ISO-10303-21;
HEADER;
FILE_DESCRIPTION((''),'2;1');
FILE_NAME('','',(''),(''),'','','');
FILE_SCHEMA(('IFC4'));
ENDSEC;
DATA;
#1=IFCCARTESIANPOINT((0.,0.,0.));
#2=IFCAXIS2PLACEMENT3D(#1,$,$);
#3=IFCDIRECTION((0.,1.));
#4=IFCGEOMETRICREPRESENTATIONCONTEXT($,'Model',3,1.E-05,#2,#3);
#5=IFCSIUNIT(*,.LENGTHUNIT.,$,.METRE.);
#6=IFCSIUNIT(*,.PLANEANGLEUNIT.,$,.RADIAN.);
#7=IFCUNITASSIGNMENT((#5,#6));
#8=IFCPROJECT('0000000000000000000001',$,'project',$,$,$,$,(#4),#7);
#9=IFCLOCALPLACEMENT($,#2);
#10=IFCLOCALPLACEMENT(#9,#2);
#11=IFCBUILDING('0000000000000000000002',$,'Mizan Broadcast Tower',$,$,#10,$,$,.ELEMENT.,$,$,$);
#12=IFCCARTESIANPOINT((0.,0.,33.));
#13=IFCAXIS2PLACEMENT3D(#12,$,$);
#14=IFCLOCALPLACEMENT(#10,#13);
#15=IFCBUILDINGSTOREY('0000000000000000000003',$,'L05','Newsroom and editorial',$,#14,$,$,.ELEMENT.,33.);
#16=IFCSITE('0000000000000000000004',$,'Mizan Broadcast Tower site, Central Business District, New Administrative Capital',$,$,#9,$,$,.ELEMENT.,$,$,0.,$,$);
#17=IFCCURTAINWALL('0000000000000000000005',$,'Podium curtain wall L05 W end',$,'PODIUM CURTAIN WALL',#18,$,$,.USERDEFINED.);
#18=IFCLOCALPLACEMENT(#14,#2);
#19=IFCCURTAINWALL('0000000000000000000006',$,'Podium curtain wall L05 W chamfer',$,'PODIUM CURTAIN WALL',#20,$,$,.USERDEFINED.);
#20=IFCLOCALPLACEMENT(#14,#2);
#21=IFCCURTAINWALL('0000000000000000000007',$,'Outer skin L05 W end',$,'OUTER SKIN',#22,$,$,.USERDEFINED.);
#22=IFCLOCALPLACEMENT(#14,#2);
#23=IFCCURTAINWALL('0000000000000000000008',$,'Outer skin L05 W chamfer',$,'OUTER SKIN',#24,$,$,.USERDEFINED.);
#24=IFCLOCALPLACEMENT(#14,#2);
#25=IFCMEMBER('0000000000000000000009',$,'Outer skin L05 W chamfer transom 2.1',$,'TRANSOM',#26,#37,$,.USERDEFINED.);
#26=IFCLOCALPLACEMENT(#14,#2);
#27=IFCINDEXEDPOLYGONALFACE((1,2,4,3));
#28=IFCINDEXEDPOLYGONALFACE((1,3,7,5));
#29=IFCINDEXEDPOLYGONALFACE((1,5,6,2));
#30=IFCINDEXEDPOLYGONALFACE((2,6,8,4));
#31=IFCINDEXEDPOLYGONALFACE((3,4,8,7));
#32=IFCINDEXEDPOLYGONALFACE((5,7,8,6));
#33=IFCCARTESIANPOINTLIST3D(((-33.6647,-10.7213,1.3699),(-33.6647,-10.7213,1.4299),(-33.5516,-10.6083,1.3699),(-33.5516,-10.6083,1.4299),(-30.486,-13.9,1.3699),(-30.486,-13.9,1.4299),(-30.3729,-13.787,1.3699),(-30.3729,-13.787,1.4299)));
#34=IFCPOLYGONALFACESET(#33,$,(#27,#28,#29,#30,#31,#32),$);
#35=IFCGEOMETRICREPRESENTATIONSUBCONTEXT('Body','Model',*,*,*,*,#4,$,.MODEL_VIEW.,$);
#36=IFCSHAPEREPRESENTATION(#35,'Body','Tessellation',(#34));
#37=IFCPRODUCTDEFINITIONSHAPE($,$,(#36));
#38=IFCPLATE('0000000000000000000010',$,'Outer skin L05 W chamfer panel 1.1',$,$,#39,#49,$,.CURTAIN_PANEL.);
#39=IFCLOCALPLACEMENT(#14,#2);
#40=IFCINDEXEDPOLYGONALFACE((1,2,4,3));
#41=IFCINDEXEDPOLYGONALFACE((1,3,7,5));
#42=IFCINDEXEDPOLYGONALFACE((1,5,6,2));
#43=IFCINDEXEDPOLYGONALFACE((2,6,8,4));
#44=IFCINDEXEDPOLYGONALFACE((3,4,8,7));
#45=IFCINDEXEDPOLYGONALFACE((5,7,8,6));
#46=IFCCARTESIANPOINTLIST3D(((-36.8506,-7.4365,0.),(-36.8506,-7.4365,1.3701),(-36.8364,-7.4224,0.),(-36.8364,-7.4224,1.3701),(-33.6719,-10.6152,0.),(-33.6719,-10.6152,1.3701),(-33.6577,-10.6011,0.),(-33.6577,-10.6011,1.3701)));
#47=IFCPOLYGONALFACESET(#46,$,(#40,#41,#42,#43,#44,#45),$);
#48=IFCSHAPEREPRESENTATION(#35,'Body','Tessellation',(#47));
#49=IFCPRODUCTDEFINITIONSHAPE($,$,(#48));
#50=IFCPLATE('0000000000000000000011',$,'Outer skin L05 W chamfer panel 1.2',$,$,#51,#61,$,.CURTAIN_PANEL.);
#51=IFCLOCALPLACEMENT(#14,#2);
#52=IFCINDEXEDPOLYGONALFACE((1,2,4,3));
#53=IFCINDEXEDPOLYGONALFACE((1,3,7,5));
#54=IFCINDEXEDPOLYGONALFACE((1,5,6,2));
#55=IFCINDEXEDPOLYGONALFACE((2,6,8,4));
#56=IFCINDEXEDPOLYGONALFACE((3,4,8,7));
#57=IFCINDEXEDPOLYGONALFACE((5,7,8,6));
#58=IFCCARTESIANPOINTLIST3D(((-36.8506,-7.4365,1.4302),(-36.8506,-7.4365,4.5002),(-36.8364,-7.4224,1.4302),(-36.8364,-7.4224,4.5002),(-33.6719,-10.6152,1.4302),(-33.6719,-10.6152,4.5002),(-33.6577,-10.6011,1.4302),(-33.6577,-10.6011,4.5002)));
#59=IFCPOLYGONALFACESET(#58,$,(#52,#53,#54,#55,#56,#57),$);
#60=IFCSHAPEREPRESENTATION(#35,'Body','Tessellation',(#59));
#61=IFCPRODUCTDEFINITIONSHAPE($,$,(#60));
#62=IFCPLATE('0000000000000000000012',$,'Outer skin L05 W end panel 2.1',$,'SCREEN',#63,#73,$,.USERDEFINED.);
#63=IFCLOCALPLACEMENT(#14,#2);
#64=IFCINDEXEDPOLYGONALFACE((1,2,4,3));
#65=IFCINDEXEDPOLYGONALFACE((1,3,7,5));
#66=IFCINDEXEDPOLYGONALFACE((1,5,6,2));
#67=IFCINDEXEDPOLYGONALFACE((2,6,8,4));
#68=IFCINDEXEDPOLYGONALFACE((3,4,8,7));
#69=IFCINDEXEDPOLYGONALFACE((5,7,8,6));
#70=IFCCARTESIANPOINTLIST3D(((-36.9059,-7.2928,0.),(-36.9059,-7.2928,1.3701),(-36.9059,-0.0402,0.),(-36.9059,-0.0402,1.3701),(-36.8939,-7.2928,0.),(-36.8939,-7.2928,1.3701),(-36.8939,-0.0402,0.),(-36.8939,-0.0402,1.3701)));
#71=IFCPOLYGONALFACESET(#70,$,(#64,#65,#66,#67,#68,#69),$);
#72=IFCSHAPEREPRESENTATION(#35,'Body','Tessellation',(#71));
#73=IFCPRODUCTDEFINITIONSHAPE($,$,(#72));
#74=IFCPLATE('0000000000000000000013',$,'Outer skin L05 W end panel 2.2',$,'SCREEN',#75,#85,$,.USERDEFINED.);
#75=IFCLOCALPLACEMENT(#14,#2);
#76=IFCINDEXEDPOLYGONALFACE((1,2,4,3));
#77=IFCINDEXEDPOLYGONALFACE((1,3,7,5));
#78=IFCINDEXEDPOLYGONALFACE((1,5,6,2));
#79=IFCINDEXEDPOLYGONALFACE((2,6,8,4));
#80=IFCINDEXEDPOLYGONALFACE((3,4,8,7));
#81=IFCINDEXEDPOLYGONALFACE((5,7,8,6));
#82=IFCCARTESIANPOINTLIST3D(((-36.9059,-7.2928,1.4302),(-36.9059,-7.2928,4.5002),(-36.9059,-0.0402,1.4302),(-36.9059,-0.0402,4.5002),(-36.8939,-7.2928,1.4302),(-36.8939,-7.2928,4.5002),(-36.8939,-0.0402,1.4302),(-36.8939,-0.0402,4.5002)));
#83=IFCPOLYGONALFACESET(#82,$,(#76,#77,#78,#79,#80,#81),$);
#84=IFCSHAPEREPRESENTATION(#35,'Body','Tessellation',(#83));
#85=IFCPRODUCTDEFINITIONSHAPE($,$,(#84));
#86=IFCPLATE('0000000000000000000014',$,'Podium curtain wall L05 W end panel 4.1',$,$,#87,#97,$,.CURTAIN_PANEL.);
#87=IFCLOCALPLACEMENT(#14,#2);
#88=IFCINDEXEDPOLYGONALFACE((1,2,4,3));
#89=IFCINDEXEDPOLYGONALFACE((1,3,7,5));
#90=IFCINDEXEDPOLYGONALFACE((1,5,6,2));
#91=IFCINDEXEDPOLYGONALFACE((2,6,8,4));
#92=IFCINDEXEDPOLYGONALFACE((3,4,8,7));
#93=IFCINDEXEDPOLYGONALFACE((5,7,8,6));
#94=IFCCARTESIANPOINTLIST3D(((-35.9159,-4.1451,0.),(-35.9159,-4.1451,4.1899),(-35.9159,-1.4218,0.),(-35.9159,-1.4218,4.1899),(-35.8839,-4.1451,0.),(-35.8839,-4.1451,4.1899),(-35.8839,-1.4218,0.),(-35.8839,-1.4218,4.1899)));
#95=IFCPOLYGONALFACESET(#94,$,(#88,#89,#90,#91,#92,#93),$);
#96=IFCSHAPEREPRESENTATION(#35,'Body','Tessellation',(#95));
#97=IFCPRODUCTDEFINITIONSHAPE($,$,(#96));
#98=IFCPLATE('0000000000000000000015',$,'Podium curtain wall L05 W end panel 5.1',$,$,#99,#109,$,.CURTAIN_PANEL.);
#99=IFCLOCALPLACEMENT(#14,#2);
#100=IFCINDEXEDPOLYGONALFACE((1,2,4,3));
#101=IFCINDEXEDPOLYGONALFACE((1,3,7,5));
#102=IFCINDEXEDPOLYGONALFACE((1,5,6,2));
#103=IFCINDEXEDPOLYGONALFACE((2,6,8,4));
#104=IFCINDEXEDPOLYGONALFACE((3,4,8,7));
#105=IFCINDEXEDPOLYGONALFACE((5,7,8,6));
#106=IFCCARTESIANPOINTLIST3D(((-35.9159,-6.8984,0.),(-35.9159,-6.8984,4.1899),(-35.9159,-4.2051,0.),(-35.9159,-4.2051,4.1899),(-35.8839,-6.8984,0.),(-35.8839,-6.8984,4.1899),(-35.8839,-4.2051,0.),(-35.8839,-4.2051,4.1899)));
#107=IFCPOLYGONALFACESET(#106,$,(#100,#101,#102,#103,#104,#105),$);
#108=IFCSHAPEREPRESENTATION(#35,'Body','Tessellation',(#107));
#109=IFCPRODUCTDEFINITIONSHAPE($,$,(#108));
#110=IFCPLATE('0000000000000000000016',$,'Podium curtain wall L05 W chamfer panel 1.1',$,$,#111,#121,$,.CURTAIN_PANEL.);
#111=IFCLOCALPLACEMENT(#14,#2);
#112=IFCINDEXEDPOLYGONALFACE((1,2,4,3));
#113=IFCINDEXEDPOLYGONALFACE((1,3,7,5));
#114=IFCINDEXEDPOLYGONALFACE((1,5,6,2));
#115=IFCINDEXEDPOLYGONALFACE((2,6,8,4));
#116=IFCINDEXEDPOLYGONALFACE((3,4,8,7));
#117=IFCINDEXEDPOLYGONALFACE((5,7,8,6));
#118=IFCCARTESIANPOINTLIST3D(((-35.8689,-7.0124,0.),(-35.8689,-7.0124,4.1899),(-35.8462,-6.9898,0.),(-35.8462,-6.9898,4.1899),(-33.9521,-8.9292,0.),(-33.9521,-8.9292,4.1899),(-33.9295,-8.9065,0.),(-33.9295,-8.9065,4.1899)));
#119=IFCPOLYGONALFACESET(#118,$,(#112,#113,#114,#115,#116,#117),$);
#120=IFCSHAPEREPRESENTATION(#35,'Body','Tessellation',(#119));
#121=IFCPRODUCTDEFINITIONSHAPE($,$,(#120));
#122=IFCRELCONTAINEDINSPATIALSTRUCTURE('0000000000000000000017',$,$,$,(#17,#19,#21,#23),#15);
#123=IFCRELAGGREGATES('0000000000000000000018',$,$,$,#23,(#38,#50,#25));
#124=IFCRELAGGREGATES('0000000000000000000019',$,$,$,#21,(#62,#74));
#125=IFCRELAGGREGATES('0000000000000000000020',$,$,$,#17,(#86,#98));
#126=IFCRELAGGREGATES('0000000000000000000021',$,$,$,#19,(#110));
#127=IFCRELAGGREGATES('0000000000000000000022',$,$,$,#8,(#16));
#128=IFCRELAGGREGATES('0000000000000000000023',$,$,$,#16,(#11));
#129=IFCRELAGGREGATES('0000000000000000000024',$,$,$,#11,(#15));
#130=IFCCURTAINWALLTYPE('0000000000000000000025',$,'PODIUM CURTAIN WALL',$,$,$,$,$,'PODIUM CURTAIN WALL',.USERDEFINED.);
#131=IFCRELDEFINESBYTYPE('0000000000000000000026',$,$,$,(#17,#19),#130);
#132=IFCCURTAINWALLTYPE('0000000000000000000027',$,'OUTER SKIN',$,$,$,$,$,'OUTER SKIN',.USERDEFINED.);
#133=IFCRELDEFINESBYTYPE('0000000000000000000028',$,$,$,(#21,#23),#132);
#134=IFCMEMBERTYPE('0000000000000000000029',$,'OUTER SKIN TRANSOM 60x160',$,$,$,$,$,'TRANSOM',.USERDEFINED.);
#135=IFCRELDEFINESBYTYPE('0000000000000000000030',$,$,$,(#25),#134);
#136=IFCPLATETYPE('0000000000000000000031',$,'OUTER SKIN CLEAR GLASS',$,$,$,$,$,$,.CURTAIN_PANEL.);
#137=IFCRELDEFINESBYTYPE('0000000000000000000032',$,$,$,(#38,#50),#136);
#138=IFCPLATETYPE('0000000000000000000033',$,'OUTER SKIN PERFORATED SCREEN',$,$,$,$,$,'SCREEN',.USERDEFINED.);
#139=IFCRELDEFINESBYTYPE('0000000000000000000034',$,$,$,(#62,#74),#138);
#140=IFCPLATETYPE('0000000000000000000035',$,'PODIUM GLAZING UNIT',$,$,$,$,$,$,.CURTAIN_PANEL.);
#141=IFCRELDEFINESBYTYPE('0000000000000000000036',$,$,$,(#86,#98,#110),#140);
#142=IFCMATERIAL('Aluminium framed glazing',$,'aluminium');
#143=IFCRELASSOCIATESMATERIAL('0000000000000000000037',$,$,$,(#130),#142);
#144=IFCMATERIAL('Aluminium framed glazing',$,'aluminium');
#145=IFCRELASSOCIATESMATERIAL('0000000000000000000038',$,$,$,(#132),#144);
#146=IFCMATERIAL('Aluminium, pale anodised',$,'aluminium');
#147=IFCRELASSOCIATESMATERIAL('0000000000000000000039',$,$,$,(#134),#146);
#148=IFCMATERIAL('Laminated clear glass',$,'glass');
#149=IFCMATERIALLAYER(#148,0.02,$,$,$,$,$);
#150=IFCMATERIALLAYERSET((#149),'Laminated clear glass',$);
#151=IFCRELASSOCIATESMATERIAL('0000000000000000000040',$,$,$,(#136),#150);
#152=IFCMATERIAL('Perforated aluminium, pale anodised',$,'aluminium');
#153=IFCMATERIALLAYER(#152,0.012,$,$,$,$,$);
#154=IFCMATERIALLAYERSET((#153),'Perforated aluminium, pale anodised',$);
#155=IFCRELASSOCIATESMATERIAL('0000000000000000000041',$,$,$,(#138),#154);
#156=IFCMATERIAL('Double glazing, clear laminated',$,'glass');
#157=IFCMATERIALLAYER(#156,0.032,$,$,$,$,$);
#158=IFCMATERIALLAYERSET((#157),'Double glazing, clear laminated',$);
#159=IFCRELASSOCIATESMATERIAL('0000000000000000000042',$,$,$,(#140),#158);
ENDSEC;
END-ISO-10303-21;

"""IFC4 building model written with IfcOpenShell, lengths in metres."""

from ifc_helpers import new_model, si_unit, direction, frame, origin, origin_2d, place, context, subcontext, project, spatial, rectangle, extrude, material, layer, layer_set, material_profile, profile_set, type_object, element, aggregate, save


model = new_model("IFC4")

# Units and contexts
model_context = context("Model", 3, precision=1e-05, world=origin(), true_north=direction((0.0, 1.0)))
body_context = subcontext(model_context, "Body", "Model", "MODEL_VIEW")
ifc_project = project(units=[si_unit("LENGTHUNIT", "METRE"), si_unit("PLANEANGLEUNIT", "RADIAN")], contexts=[model_context])

# Site, building, storey
site_placement = place(None, origin())
site = spatial("IfcSite", under=ifc_project, at=site_placement, Name="Mizan Broadcast Tower site, Central Business District, New Administrative Capital", CompositionType="ELEMENT", RefElevation=0.0)
building_placement = place(site_placement, origin())
building = spatial("IfcBuilding", under=site, at=building_placement, Name="Mizan Broadcast Tower", CompositionType="ELEMENT")
storey_placement = place(building_placement, frame((0.0, 0.0, 33.0)))
storey = spatial("IfcBuildingStorey", under=building, at=storey_placement, Name="L05", Description="Newsroom and editorial", CompositionType="ELEMENT", Elevation=33.0)

# Curtain wall
ifc_material_1 = material(Name="Aluminium framed glazing", Category="aluminium")
curtain_wall_type_1 = type_object("IfcCurtainWallType", Name="PODIUM CURTAIN WALL", ElementType="PODIUM CURTAIN WALL", PredefinedType="USERDEFINED", material=ifc_material_1)
curtain_wall_1_placement = place(storey_placement, origin())
curtain_wall_1 = element("IfcCurtainWall", 1, at=curtain_wall_1_placement, inside=storey, type_object=curtain_wall_type_1, Name="Podium curtain wall L05 W end", ObjectType="PODIUM CURTAIN WALL", PredefinedType="USERDEFINED")

# Curtain wall
curtain_wall_2_placement = place(storey_placement, origin())
curtain_wall_2 = element("IfcCurtainWall", 2, at=curtain_wall_2_placement, inside=storey, type_object=curtain_wall_type_1, Name="Podium curtain wall L05 W chamfer", ObjectType="PODIUM CURTAIN WALL", PredefinedType="USERDEFINED")

# Curtain wall
ifc_material_2 = material(Name="Aluminium framed glazing", Category="aluminium")
curtain_wall_type_2 = type_object("IfcCurtainWallType", Name="OUTER SKIN", ElementType="OUTER SKIN", PredefinedType="USERDEFINED", material=ifc_material_2)
curtain_wall_3_placement = place(storey_placement, origin())
curtain_wall_3 = element("IfcCurtainWall", 3, at=curtain_wall_3_placement, inside=storey, type_object=curtain_wall_type_2, Name="Outer skin L05 W end", ObjectType="OUTER SKIN", PredefinedType="USERDEFINED")

# Curtain wall, member, plates
curtain_wall_4_placement = place(storey_placement, origin())
curtain_wall_4 = element("IfcCurtainWall", 4, at=curtain_wall_4_placement, inside=storey, type_object=curtain_wall_type_2, Name="Outer skin L05 W chamfer", ObjectType="OUTER SKIN", PredefinedType="USERDEFINED")
ifc_material_3 = material(Name="Aluminium, pale anodised", Category="aluminium")
ifc_material_profile_1 = material_profile(ifc_material_3, rectangle(XDim=0.1599, YDim=0.0601, at=origin_2d()), Name="TRANSOM 160x60")
ifc_profile_set_1 = profile_set([ifc_material_profile_1], Name="Aluminium, pale anodised")
member_type_1 = type_object("IfcMemberType", Name="OUTER SKIN TRANSOM 60x160", ElementType="TRANSOM", PredefinedType="USERDEFINED", material=ifc_profile_set_1)
member_1_placement = place(storey_placement, frame((-33.6082, -10.6648, 1.3999), z_axis=(0.707107, -0.707107, 0.0), x_axis=(0.707107, 0.707107, 0.0)))
member_1 = element("IfcMember", 5, at=member_1_placement, type_object=member_type_1, Name="Outer skin L05 W chamfer transom 2.1", ObjectType="TRANSOM", PredefinedType="USERDEFINED", context=body_context, shape_type="SweptSolid", body=[
    extrude(rectangle(XDim=0.1599, YDim=0.0601, at=origin_2d()), origin(), (0.0, 0.0, 1.0), 4.4954),
])
ifc_material_4 = material(Name="Laminated clear glass", Category="glass")
ifc_layer_1 = layer(ifc_material_4, 0.02)
ifc_layer_set_1 = layer_set([ifc_layer_1], Name="Laminated clear glass")
plate_type_1 = type_object("IfcPlateType", Name="OUTER SKIN CLEAR GLASS", PredefinedType="CURTAIN_PANEL", material=ifc_layer_set_1)
plate_1_placement = place(storey_placement, frame((-35.2542, -9.0188, 0.0), z_axis=(0.0, 0.0, 1.0), x_axis=(0.707107, -0.707107, 0.0)))
plate_1 = element("IfcPlate", 6, at=plate_1_placement, type_object=plate_type_1, Name="Outer skin L05 W chamfer panel 1.1", PredefinedType="CURTAIN_PANEL", context=body_context, shape_type="SweptSolid", body=[
    extrude(rectangle(XDim=4.4954, YDim=0.02, at=origin_2d()), origin(), (0.0, 0.0, 1.0), 1.3701),
])
plate_2_placement = place(storey_placement, frame((-35.2542, -9.0188, 1.4302), z_axis=(0.0, 0.0, 1.0), x_axis=(0.707107, -0.707107, 0.0)))
plate_2 = element("IfcPlate", 7, at=plate_2_placement, type_object=plate_type_1, Name="Outer skin L05 W chamfer panel 1.2", PredefinedType="CURTAIN_PANEL", context=body_context, shape_type="SweptSolid", body=[
    extrude(rectangle(XDim=4.4954, YDim=0.02, at=origin_2d()), origin(), (0.0, 0.0, 1.0), 3.0701),
])
aggregate(curtain_wall_4, [plate_1, plate_2, member_1])

# Plates
ifc_material_5 = material(Name="Perforated aluminium, pale anodised", Category="aluminium")
ifc_layer_2 = layer(ifc_material_5, 0.012)
ifc_layer_set_2 = layer_set([ifc_layer_2], Name="Perforated aluminium, pale anodised")
plate_type_2 = type_object("IfcPlateType", Name="OUTER SKIN PERFORATED SCREEN", ElementType="SCREEN", PredefinedType="USERDEFINED", material=ifc_layer_set_2)
plate_3_placement = place(storey_placement, frame((-36.8999, -3.6665, 0.0), z_axis=(0.0, 0.0, 1.0), x_axis=(0.0, -1.0, 0.0)))
plate_3 = element("IfcPlate", 8, at=plate_3_placement, type_object=plate_type_2, Name="Outer skin L05 W end panel 2.1", ObjectType="SCREEN", PredefinedType="USERDEFINED", context=body_context, shape_type="SweptSolid", body=[
    extrude(rectangle(XDim=7.2527, YDim=0.012, at=origin_2d()), origin(), (0.0, 0.0, 1.0), 1.3701),
])
plate_4_placement = place(storey_placement, frame((-36.8999, -3.6665, 1.4302), z_axis=(0.0, 0.0, 1.0), x_axis=(0.0, -1.0, 0.0)))
plate_4 = element("IfcPlate", 9, at=plate_4_placement, type_object=plate_type_2, Name="Outer skin L05 W end panel 2.2", ObjectType="SCREEN", PredefinedType="USERDEFINED", context=body_context, shape_type="SweptSolid", body=[
    extrude(rectangle(XDim=7.2527, YDim=0.012, at=origin_2d()), origin(), (0.0, 0.0, 1.0), 3.0701),
])
aggregate(curtain_wall_3, [plate_3, plate_4])
ifc_material_6 = material(Name="Double glazing, clear laminated", Category="glass")
ifc_layer_3 = layer(ifc_material_6, 0.032)
ifc_layer_set_3 = layer_set([ifc_layer_3], Name="Double glazing, clear laminated")
plate_type_3 = type_object("IfcPlateType", Name="PODIUM GLAZING UNIT", PredefinedType="CURTAIN_PANEL", material=ifc_layer_set_3)
plate_5_placement = place(storey_placement, frame((-35.8999, -2.7834, 0.0), z_axis=(0.0, 0.0, 1.0), x_axis=(0.0, -1.0, 0.0)))
plate_5 = element("IfcPlate", 10, at=plate_5_placement, type_object=plate_type_3, Name="Podium curtain wall L05 W end panel 4.1", PredefinedType="CURTAIN_PANEL", context=body_context, shape_type="SweptSolid", body=[
    extrude(rectangle(XDim=2.7234, YDim=0.032, at=origin_2d()), origin(), (0.0, 0.0, 1.0), 4.1899),
])
plate_6_placement = place(storey_placement, frame((-35.8999, -5.5518, 0.0), z_axis=(0.0, 0.0, 1.0), x_axis=(0.0, -1.0, 0.0)))
plate_6 = element("IfcPlate", 11, at=plate_6_placement, type_object=plate_type_3, Name="Podium curtain wall L05 W end panel 5.1", PredefinedType="CURTAIN_PANEL", context=body_context, shape_type="SweptSolid", body=[
    extrude(rectangle(XDim=2.6934, YDim=0.032, at=origin_2d()), origin(), (0.0, 0.0, 1.0), 4.1899),
])
aggregate(curtain_wall_1, [plate_5, plate_6])
plate_7_placement = place(storey_placement, frame((-34.8992, -7.9595, 0.0), z_axis=(0.0, 0.0, 1.0), x_axis=(0.707107, -0.707107, 0.0)))
plate_7 = element("IfcPlate", 12, at=plate_7_placement, type_object=plate_type_3, Name="Podium curtain wall L05 W chamfer panel 1.1", PredefinedType="CURTAIN_PANEL", context=body_context, shape_type="SweptSolid", body=[
    extrude(rectangle(XDim=2.7107, YDim=0.032, at=origin_2d()), origin(), (0.0, 0.0, 1.0), 4.1899),
])
aggregate(curtain_wall_2, [plate_7])

save(model, "model.ifc")
